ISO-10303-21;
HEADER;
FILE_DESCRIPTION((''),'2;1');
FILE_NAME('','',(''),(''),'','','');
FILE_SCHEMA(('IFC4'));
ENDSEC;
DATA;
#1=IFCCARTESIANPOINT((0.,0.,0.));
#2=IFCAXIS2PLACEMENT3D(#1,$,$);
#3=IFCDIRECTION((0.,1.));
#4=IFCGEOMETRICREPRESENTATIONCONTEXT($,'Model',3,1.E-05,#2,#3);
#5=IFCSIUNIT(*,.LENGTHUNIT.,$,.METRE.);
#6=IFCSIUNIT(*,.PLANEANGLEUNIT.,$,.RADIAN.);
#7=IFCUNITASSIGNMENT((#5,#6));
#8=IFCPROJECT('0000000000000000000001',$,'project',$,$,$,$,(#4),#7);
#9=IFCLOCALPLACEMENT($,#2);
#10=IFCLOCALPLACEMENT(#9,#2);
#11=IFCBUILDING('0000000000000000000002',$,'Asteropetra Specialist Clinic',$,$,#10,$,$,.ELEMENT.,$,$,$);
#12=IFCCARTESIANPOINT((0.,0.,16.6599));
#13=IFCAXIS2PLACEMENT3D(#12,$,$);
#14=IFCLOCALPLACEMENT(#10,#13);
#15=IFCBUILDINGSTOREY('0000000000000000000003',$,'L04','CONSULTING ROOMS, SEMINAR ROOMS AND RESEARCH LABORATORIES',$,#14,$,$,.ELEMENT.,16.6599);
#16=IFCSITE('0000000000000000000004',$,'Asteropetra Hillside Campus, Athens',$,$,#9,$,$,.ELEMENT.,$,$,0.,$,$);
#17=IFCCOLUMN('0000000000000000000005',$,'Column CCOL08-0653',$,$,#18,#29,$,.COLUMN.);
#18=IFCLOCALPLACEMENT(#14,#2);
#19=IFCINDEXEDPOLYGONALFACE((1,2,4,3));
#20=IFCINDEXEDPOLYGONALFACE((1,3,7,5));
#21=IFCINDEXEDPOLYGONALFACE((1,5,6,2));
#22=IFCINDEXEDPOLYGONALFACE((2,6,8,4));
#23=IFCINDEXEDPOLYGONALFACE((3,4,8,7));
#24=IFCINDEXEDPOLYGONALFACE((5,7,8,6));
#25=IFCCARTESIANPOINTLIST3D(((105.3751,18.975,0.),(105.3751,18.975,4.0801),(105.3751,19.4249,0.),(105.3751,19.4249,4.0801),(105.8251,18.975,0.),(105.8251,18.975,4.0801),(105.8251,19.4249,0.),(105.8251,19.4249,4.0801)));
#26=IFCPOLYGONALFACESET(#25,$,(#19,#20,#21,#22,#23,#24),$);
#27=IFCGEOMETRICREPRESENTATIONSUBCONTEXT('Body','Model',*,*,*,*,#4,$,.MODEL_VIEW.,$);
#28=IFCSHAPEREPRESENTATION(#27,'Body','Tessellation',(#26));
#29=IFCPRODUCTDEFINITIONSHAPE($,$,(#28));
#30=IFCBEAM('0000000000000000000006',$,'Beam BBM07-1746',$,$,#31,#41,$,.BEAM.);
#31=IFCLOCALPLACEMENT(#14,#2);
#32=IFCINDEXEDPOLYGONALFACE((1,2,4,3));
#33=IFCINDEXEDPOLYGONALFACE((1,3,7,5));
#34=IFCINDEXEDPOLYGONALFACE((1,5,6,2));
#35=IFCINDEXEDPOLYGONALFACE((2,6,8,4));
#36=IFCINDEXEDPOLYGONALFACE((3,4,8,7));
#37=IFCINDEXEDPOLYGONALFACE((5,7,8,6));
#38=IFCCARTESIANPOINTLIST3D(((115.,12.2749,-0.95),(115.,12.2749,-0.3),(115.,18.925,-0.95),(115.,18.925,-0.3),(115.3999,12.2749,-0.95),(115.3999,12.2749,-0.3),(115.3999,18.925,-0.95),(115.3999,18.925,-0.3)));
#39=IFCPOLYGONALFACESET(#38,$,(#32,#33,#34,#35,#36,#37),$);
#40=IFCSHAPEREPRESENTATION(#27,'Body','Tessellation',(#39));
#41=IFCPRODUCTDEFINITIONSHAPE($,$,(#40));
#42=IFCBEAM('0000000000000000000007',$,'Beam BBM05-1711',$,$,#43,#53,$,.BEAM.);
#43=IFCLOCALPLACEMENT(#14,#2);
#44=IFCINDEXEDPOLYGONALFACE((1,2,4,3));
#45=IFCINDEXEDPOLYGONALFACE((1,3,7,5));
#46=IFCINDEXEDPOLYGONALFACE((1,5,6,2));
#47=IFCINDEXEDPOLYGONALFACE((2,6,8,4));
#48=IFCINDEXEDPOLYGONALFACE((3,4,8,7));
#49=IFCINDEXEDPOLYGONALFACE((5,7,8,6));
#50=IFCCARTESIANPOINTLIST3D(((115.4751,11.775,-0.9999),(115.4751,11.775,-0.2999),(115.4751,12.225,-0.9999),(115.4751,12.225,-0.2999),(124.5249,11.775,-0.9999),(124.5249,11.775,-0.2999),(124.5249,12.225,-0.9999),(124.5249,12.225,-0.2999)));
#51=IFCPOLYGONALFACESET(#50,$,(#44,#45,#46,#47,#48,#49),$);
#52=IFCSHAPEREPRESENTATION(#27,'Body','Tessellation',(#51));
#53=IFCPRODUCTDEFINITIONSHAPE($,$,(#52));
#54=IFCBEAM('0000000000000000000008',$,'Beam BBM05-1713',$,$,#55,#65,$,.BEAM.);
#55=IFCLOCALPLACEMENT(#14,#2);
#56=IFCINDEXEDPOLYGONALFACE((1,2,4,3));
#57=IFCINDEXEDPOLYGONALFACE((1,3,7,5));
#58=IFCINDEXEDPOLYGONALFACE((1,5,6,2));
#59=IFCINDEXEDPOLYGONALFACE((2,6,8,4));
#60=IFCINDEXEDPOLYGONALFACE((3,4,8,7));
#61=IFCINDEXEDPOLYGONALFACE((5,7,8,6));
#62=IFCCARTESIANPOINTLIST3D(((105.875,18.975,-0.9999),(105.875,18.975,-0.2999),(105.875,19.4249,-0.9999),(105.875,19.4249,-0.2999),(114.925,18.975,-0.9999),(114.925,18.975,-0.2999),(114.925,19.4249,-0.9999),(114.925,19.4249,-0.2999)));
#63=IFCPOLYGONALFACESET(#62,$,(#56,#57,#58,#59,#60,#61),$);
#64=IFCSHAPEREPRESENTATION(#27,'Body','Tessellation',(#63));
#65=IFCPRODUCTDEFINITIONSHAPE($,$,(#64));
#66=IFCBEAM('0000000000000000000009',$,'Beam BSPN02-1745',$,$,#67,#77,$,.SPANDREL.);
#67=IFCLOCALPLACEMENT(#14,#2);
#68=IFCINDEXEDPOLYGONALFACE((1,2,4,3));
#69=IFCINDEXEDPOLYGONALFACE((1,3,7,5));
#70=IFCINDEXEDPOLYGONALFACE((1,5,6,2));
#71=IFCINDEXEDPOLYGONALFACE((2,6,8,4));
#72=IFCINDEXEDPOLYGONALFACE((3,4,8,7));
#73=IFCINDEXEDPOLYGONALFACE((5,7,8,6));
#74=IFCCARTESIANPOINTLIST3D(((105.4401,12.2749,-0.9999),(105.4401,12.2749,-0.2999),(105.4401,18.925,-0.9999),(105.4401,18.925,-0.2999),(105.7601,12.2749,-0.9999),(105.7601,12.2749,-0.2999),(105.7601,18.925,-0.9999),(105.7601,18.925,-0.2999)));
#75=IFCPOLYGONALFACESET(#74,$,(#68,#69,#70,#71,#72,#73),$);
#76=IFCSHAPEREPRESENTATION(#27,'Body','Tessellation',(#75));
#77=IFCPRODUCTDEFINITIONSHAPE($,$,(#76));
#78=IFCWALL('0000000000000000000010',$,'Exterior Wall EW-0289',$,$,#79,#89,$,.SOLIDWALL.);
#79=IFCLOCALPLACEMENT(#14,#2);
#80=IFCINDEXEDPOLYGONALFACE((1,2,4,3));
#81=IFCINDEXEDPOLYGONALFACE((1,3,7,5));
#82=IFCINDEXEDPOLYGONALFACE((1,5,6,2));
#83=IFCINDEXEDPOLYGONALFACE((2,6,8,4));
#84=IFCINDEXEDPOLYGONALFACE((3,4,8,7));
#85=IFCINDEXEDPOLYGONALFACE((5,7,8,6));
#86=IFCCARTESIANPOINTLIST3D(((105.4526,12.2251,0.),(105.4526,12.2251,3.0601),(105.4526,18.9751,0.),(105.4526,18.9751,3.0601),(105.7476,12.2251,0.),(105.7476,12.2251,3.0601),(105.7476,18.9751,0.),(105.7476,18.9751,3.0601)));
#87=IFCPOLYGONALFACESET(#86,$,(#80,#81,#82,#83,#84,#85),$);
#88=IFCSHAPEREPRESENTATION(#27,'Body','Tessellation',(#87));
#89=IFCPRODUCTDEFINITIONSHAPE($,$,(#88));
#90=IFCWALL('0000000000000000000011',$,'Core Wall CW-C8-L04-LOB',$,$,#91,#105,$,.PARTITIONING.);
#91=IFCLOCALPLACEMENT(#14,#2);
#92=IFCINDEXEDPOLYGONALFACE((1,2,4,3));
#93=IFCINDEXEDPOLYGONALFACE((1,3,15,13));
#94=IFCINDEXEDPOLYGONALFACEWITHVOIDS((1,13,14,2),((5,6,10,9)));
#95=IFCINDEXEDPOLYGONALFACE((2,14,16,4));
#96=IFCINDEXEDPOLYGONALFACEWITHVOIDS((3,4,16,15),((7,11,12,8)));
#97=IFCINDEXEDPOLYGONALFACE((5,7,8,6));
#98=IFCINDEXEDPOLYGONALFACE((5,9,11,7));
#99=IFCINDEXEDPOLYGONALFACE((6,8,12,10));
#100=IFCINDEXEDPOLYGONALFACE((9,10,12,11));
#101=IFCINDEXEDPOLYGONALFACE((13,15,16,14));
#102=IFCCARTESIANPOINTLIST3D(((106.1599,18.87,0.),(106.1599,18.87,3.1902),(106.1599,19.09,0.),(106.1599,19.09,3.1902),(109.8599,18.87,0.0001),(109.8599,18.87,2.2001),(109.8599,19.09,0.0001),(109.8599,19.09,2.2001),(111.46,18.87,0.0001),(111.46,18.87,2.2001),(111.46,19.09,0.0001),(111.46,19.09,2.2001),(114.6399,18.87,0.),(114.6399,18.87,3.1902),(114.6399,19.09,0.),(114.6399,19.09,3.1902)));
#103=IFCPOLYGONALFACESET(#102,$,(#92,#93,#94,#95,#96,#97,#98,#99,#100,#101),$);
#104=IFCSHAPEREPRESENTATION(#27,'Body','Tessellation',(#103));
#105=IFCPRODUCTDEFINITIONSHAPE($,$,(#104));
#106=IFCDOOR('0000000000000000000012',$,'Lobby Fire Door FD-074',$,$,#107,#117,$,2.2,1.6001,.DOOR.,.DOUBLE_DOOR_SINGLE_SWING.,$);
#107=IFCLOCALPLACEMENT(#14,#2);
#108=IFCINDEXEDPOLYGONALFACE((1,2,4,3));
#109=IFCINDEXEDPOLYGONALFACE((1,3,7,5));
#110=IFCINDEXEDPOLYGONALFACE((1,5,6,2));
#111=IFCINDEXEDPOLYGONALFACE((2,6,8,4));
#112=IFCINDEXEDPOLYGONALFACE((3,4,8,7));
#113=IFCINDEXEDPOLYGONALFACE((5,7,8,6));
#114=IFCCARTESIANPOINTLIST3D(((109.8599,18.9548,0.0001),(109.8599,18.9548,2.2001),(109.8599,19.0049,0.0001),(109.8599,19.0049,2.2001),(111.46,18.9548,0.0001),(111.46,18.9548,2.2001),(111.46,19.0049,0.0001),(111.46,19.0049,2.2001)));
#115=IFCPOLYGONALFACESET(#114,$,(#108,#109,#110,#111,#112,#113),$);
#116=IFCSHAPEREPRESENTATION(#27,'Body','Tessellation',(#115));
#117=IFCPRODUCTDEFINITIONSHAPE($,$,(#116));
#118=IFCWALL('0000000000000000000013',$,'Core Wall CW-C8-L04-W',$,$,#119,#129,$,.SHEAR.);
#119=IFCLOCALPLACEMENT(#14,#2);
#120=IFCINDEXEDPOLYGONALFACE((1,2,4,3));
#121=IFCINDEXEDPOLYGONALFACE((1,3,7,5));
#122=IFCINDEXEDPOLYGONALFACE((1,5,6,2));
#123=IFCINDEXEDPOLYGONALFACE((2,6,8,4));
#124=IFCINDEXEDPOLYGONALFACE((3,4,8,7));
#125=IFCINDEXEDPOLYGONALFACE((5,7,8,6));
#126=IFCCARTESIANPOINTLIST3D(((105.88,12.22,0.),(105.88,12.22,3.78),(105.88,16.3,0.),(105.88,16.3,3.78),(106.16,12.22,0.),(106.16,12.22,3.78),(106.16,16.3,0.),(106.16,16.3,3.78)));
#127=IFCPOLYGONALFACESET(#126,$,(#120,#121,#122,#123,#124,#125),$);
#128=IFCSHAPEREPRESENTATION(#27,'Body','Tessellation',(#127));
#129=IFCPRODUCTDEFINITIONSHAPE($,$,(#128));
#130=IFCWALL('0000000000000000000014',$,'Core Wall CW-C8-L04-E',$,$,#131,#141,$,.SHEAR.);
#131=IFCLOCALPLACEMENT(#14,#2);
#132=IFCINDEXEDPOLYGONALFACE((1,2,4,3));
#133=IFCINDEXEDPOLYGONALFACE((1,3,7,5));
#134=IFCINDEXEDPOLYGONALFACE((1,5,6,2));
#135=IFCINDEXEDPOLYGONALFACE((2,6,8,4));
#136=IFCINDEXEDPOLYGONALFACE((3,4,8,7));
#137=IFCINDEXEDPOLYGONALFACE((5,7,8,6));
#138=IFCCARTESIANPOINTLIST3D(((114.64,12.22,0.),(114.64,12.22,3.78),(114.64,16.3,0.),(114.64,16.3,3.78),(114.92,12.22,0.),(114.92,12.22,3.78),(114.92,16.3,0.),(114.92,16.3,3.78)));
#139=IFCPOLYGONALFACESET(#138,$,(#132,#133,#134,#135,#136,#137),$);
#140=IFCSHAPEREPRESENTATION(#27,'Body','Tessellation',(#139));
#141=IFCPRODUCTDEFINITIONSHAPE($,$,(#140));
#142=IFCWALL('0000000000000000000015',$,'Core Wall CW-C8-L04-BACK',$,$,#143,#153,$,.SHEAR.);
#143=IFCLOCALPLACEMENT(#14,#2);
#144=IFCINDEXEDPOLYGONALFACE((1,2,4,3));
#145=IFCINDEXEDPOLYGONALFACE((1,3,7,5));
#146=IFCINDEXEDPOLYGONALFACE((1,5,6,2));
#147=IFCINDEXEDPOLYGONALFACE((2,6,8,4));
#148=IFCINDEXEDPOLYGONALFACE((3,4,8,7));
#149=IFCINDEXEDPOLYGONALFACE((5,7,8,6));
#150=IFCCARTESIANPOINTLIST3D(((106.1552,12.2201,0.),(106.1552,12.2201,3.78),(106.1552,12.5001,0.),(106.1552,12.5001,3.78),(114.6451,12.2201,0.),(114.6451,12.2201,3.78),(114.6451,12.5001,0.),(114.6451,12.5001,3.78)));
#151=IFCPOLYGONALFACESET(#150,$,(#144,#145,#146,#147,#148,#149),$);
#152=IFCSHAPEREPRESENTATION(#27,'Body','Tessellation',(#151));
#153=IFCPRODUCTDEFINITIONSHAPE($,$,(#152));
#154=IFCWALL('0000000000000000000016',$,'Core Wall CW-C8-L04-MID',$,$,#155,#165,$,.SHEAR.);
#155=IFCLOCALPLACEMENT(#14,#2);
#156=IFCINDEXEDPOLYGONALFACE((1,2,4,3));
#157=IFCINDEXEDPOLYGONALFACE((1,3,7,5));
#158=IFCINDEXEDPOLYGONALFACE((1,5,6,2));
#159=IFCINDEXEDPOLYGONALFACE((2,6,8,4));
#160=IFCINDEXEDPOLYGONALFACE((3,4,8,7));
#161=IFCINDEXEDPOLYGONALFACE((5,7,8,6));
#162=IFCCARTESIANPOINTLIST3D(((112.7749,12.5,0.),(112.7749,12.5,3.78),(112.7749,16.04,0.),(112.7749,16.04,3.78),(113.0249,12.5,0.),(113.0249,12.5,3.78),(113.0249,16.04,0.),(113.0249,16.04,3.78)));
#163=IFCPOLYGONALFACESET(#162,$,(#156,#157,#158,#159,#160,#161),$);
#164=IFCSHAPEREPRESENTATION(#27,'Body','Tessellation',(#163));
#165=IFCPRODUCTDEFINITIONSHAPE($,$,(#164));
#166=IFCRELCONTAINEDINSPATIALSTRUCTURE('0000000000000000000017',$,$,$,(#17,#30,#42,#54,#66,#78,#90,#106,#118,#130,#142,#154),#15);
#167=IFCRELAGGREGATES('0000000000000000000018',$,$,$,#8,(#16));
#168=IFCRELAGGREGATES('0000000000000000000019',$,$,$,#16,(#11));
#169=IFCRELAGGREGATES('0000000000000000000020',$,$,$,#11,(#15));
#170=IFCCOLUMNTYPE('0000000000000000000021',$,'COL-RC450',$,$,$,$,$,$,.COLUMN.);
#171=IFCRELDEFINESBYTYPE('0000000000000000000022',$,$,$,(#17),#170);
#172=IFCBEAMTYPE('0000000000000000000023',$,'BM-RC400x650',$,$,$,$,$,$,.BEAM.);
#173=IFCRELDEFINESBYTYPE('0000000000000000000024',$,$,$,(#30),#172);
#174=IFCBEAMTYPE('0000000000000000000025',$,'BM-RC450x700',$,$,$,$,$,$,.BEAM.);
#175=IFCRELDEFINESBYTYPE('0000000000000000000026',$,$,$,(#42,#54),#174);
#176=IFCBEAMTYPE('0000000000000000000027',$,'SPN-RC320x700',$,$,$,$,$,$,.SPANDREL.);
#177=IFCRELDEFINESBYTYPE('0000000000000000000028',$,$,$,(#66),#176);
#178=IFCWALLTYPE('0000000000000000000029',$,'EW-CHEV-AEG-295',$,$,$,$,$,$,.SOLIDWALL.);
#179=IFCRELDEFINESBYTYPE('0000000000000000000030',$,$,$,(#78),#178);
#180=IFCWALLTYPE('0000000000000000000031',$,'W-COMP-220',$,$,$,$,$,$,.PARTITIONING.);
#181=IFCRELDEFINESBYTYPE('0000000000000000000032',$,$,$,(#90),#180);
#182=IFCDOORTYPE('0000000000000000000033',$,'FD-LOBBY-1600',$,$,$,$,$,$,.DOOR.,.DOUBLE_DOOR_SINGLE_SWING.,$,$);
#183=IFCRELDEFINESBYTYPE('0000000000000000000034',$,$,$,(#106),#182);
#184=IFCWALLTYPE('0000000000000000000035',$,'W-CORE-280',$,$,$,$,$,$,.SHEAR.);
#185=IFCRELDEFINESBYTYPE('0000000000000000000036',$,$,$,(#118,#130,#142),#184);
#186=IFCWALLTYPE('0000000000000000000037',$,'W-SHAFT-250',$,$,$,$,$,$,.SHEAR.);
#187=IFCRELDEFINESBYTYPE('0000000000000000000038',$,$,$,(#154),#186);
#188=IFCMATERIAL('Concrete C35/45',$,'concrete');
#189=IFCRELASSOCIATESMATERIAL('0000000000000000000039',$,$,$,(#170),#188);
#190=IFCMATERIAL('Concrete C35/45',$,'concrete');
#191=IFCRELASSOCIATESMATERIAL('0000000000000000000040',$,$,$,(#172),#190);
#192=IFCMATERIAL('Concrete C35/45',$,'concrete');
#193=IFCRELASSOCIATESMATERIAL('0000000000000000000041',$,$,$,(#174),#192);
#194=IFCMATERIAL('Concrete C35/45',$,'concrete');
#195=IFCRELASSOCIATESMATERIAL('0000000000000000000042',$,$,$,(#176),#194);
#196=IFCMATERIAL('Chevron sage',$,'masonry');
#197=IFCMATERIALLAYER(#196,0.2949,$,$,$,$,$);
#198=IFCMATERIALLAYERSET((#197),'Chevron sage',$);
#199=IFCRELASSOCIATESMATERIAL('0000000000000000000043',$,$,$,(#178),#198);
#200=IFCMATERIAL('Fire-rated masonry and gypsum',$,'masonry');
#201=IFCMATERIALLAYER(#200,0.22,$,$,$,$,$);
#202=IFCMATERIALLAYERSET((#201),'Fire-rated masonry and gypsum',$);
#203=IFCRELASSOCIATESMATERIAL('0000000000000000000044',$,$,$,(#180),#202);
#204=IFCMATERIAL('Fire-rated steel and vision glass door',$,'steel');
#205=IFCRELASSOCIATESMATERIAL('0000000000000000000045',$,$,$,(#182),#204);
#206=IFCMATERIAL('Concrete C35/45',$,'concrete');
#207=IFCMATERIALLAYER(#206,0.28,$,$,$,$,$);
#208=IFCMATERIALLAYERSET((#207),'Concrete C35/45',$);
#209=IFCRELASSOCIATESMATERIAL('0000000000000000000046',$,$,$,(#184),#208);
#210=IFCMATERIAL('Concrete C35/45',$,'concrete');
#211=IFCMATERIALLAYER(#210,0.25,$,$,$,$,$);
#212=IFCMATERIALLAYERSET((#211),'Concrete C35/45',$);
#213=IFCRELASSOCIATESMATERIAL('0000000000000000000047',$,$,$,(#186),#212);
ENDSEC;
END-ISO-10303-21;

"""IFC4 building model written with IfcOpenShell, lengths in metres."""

from ifc_helpers import new_model, si_unit, direction, frame, frame_2d, origin, origin_2d, place, context, subcontext, project, spatial, rectangle, extrude, material, layer, layer_set, material_profile, profile_set, type_object, element, fill, save


model = new_model("IFC4")

# Units and contexts
model_context = context("Model", 3, precision=1e-05, world=origin(), true_north=direction((0.0, 1.0)))
body_context = subcontext(model_context, "Body", "Model", "MODEL_VIEW")
ifc_project = project(units=[si_unit("LENGTHUNIT", "METRE"), si_unit("PLANEANGLEUNIT", "RADIAN")], contexts=[model_context])

# Site, building, storey
site_placement = place(None, origin())
site = spatial("IfcSite", under=ifc_project, at=site_placement, Name="Asteropetra Hillside Campus, Athens", CompositionType="ELEMENT", RefElevation=0.0)
building_placement = place(site_placement, origin())
building = spatial("IfcBuilding", under=site, at=building_placement, Name="Asteropetra Specialist Clinic", CompositionType="ELEMENT")
storey_placement = place(building_placement, frame((0.0, 0.0, 16.6599)))
storey = spatial("IfcBuildingStorey", under=building, at=storey_placement, Name="L04", Description="CONSULTING ROOMS, SEMINAR ROOMS AND RESEARCH LABORATORIES", CompositionType="ELEMENT", Elevation=16.6599)

# Column
ifc_material_1 = material(Name="Concrete C35/45", Category="concrete")
ifc_material_profile_1 = material_profile(ifc_material_1, rectangle(XDim=0.45, YDim=0.45, at=origin_2d()), Name="RC 450x450")
ifc_profile_set_1 = profile_set([ifc_material_profile_1], Name="Concrete C35/45")
column_type = type_object("IfcColumnType", Name="COL-RC450", PredefinedType="COLUMN", material=ifc_profile_set_1)
column_placement = place(storey_placement, frame((105.6001, 19.2, 0.0), z_axis=(0.0, 0.0, 1.0), x_axis=(1.0, 0.0, 0.0)))
element("IfcColumn", 1, at=column_placement, inside=storey, type_object=column_type, Name="Column CCOL08-0653", PredefinedType="COLUMN", context=body_context, shape_type="SweptSolid", body=[
    extrude(rectangle(XDim=0.45, YDim=0.45, at=origin_2d()), origin(), (0.0, 0.0, 1.0), 4.0801),
])

# Beams
ifc_material_2 = material(Name="Concrete C35/45", Category="concrete")
ifc_material_profile_2 = material_profile(ifc_material_2, rectangle(XDim=0.3999, YDim=0.6499, at=origin_2d()), Name="RCB 400x650")
ifc_profile_set_2 = profile_set([ifc_material_profile_2], Name="Concrete C35/45")
beam_type_1 = type_object("IfcBeamType", Name="BM-RC400x650", PredefinedType="BEAM", material=ifc_profile_set_2)
beam_1_placement = place(storey_placement, frame((115.2, 12.2749, -0.625), z_axis=(0.0, 1.0, 0.0), x_axis=(-1.0, 0.0, 0.0)))
element("IfcBeam", 2, at=beam_1_placement, inside=storey, type_object=beam_type_1, Name="Beam BBM07-1746", PredefinedType="BEAM", context=body_context, shape_type="SweptSolid", body=[
    extrude(rectangle(XDim=0.3999, YDim=0.6499, at=origin_2d()), origin(), (0.0, 0.0, 1.0), 6.6501),
])
ifc_material_3 = material(Name="Concrete C35/45", Category="concrete")
ifc_material_profile_3 = material_profile(ifc_material_3, rectangle(XDim=0.45, YDim=0.7, at=origin_2d()), Name="RCB 450x700")
ifc_profile_set_3 = profile_set([ifc_material_profile_3], Name="Concrete C35/45")
beam_type_2 = type_object("IfcBeamType", Name="BM-RC450x700", PredefinedType="BEAM", material=ifc_profile_set_3)
beam_2_placement = place(storey_placement, frame((115.4751, 12.0, -0.6499), z_axis=(1.0, 0.0, 0.0), x_axis=(0.0, 1.0, 0.0)))
element("IfcBeam", 3, at=beam_2_placement, inside=storey, type_object=beam_type_2, Name="Beam BBM05-1711", PredefinedType="BEAM", context=body_context, shape_type="SweptSolid", body=[
    extrude(rectangle(XDim=0.45, YDim=0.7, at=origin_2d()), origin(), (0.0, 0.0, 1.0), 9.0498),
])
beam_3_placement = place(storey_placement, frame((105.875, 19.2, -0.6499), z_axis=(1.0, 0.0, 0.0), x_axis=(0.0, 1.0, 0.0)))
element("IfcBeam", 4, at=beam_3_placement, inside=storey, type_object=beam_type_2, Name="Beam BBM05-1713", PredefinedType="BEAM", context=body_context, shape_type="SweptSolid", body=[
    extrude(rectangle(XDim=0.45, YDim=0.7, at=origin_2d()), origin(), (0.0, 0.0, 1.0), 9.05),
])
ifc_material_4 = material(Name="Concrete C35/45", Category="concrete")
ifc_material_profile_4 = material_profile(ifc_material_4, rectangle(XDim=0.3201, YDim=0.7, at=origin_2d()), Name="RCS 320x700")
ifc_profile_set_4 = profile_set([ifc_material_profile_4], Name="Concrete C35/45")
beam_type_3 = type_object("IfcBeamType", Name="SPN-RC320x700", PredefinedType="SPANDREL", material=ifc_profile_set_4)
beam_4_placement = place(storey_placement, frame((105.6001, 12.2749, -0.6499), z_axis=(0.0, 1.0, 0.0), x_axis=(-1.0, 0.0, 0.0)))
element("IfcBeam", 5, at=beam_4_placement, inside=storey, type_object=beam_type_3, Name="Beam BSPN02-1745", PredefinedType="SPANDREL", context=body_context, shape_type="SweptSolid", body=[
    extrude(rectangle(XDim=0.3201, YDim=0.7, at=origin_2d()), origin(), (0.0, 0.0, 1.0), 6.6501),
])

# Wall
ifc_material_5 = material(Name="Chevron sage", Category="masonry")
ifc_layer_1 = layer(ifc_material_5, 0.2949)
ifc_layer_set_1 = layer_set([ifc_layer_1], Name="Chevron sage")
wall_type_1 = type_object("IfcWallType", Name="EW-CHEV-AEG-295", PredefinedType="SOLIDWALL", material=ifc_layer_set_1)
wall_1_placement = place(storey_placement, frame((105.6001, 18.9751, 0.0), z_axis=(0.0, 0.0, 1.0), x_axis=(0.0, -1.0, 0.0)))
element("IfcWall", 6, at=wall_1_placement, inside=storey, type_object=wall_type_1, Name="Exterior Wall EW-0289", PredefinedType="SOLIDWALL", context=body_context, shape_type="SweptSolid", body=[
    extrude(rectangle(XDim=6.75, YDim=0.2949, at=frame_2d((3.375, 0.0))), origin(), (0.0, 0.0, 1.0), 3.0601),
])

# Wall, opening, door
ifc_material_6 = material(Name="Fire-rated masonry and gypsum", Category="masonry")
ifc_layer_2 = layer(ifc_material_6, 0.22)
ifc_layer_set_2 = layer_set([ifc_layer_2], Name="Fire-rated masonry and gypsum")
wall_type_2 = type_object("IfcWallType", Name="W-COMP-220", PredefinedType="PARTITIONING", material=ifc_layer_set_2)
wall_2_placement = place(storey_placement, frame((106.1599, 18.98, 0.0), z_axis=(0.0, 0.0, 1.0), x_axis=(1.0, 0.0, 0.0)))
wall_2 = element("IfcWall", 7, at=wall_2_placement, inside=storey, type_object=wall_type_2, Name="Core Wall CW-C8-L04-LOB", PredefinedType="PARTITIONING", context=body_context, shape_type="SweptSolid", body=[
    extrude(rectangle(XDim=8.48, YDim=0.22, at=frame_2d((4.24, 0.0))), origin(), (0.0, 0.0, 1.0), 3.1902),
])
opening_1_placement = place(wall_2_placement, frame((3.7, 0.0, 0.0)))
opening_1 = element("IfcOpeningElement", 8, at=opening_1_placement, cuts=wall_2, PredefinedType="OPENING", context=body_context, shape_type="SweptSolid", body=[
    extrude(rectangle(XDim=1.6001, YDim=2.2, at=frame_2d((0.8, 1.1001))), frame((0.0, 0.1199, 0.0), z_axis=(0.0, -1.0, 0.0), x_axis=(1.0, 0.0, 0.0)), (0.0, 0.0, 1.0), 0.24),
])
ifc_material_7 = material(Name="Fire-rated steel and vision glass door", Category="steel")
door_type_1 = type_object("IfcDoorType", Name="FD-LOBBY-1600", OperationType="DOUBLE_DOOR_SINGLE_SWING", PredefinedType="DOOR", material=ifc_material_7)
door_1_placement = place(opening_1_placement, origin())
door_1 = element("IfcDoor", 9, at=door_1_placement, inside=storey, type_object=door_type_1, Name="Lobby Fire Door FD-074", OperationType="DOUBLE_DOOR_SINGLE_SWING", OverallHeight=2.2, OverallWidth=1.6001, PredefinedType="DOOR", context=body_context, shape_type="SweptSolid", body=[
    extrude(rectangle(XDim=1.6001, YDim=2.2, at=frame_2d((0.8, 1.1001))), frame((0.0, 0.0249, 0.0), z_axis=(0.0, -1.0, 0.0), x_axis=(1.0, 0.0, 0.0)), (0.0, 0.0, 1.0), 0.05),
])
fill(opening_1, door_1)

# Walls
ifc_material_8 = material(Name="Concrete C35/45", Category="concrete")
ifc_layer_3 = layer(ifc_material_8, 0.28)
ifc_layer_set_3 = layer_set([ifc_layer_3], Name="Concrete C35/45")
wall_type_3 = type_object("IfcWallType", Name="W-CORE-280", PredefinedType="SHEAR", material=ifc_layer_set_3)
for number, where, z_axis, x_axis, name in (
    (10, (106.02, 12.22, 0.0), (0.0, 0.0, 1.0), (0.0, 1.0, 0.0), "Core Wall CW-C8-L04-W"),
    (11, (114.78, 12.22, 0.0), (0.0, 0.0, 1.0), (0.0, 1.0, 0.0), "Core Wall CW-C8-L04-E"),
):
    element("IfcWall", number, at=place(storey_placement, frame(where, z_axis=z_axis, x_axis=x_axis)), inside=storey, type_object=wall_type_3, Name=name, PredefinedType="SHEAR", context=body_context, shape_type="SweptSolid", body=[
        extrude(rectangle(XDim=4.0801, YDim=0.28, at=frame_2d((2.04, 0.0))), origin(), (0.0, 0.0, 1.0), 3.78),
    ])
wall_3_placement = place(storey_placement, frame((106.155, 12.3601, 0.0), z_axis=(0.0, 0.0, 1.0), x_axis=(1.0, 0.0, 0.0)))
element("IfcWall", 12, at=wall_3_placement, inside=storey, type_object=wall_type_3, Name="Core Wall CW-C8-L04-BACK", PredefinedType="SHEAR", context=body_context, shape_type="SweptSolid", body=[
    extrude(rectangle(XDim=8.49, YDim=0.28, at=frame_2d((4.2451, 0.0))), origin(), (0.0, 0.0, 1.0), 3.78),
])
ifc_material_9 = material(Name="Concrete C35/45", Category="concrete")
ifc_layer_4 = layer(ifc_material_9, 0.25)
ifc_layer_set_4 = layer_set([ifc_layer_4], Name="Concrete C35/45")
wall_type_4 = type_object("IfcWallType", Name="W-SHAFT-250", PredefinedType="SHEAR", material=ifc_layer_set_4)
wall_4_placement = place(storey_placement, frame((112.8999, 12.5, 0.0), z_axis=(0.0, 0.0, 1.0), x_axis=(0.0, 1.0, 0.0)))
element("IfcWall", 13, at=wall_4_placement, inside=storey, type_object=wall_type_4, Name="Core Wall CW-C8-L04-MID", PredefinedType="SHEAR", context=body_context, shape_type="SweptSolid", body=[
    extrude(rectangle(XDim=3.54, YDim=0.25, at=frame_2d((1.77, 0.0))), origin(), (0.0, 0.0, 1.0), 3.78),
])

save(model, "model.ifc")
